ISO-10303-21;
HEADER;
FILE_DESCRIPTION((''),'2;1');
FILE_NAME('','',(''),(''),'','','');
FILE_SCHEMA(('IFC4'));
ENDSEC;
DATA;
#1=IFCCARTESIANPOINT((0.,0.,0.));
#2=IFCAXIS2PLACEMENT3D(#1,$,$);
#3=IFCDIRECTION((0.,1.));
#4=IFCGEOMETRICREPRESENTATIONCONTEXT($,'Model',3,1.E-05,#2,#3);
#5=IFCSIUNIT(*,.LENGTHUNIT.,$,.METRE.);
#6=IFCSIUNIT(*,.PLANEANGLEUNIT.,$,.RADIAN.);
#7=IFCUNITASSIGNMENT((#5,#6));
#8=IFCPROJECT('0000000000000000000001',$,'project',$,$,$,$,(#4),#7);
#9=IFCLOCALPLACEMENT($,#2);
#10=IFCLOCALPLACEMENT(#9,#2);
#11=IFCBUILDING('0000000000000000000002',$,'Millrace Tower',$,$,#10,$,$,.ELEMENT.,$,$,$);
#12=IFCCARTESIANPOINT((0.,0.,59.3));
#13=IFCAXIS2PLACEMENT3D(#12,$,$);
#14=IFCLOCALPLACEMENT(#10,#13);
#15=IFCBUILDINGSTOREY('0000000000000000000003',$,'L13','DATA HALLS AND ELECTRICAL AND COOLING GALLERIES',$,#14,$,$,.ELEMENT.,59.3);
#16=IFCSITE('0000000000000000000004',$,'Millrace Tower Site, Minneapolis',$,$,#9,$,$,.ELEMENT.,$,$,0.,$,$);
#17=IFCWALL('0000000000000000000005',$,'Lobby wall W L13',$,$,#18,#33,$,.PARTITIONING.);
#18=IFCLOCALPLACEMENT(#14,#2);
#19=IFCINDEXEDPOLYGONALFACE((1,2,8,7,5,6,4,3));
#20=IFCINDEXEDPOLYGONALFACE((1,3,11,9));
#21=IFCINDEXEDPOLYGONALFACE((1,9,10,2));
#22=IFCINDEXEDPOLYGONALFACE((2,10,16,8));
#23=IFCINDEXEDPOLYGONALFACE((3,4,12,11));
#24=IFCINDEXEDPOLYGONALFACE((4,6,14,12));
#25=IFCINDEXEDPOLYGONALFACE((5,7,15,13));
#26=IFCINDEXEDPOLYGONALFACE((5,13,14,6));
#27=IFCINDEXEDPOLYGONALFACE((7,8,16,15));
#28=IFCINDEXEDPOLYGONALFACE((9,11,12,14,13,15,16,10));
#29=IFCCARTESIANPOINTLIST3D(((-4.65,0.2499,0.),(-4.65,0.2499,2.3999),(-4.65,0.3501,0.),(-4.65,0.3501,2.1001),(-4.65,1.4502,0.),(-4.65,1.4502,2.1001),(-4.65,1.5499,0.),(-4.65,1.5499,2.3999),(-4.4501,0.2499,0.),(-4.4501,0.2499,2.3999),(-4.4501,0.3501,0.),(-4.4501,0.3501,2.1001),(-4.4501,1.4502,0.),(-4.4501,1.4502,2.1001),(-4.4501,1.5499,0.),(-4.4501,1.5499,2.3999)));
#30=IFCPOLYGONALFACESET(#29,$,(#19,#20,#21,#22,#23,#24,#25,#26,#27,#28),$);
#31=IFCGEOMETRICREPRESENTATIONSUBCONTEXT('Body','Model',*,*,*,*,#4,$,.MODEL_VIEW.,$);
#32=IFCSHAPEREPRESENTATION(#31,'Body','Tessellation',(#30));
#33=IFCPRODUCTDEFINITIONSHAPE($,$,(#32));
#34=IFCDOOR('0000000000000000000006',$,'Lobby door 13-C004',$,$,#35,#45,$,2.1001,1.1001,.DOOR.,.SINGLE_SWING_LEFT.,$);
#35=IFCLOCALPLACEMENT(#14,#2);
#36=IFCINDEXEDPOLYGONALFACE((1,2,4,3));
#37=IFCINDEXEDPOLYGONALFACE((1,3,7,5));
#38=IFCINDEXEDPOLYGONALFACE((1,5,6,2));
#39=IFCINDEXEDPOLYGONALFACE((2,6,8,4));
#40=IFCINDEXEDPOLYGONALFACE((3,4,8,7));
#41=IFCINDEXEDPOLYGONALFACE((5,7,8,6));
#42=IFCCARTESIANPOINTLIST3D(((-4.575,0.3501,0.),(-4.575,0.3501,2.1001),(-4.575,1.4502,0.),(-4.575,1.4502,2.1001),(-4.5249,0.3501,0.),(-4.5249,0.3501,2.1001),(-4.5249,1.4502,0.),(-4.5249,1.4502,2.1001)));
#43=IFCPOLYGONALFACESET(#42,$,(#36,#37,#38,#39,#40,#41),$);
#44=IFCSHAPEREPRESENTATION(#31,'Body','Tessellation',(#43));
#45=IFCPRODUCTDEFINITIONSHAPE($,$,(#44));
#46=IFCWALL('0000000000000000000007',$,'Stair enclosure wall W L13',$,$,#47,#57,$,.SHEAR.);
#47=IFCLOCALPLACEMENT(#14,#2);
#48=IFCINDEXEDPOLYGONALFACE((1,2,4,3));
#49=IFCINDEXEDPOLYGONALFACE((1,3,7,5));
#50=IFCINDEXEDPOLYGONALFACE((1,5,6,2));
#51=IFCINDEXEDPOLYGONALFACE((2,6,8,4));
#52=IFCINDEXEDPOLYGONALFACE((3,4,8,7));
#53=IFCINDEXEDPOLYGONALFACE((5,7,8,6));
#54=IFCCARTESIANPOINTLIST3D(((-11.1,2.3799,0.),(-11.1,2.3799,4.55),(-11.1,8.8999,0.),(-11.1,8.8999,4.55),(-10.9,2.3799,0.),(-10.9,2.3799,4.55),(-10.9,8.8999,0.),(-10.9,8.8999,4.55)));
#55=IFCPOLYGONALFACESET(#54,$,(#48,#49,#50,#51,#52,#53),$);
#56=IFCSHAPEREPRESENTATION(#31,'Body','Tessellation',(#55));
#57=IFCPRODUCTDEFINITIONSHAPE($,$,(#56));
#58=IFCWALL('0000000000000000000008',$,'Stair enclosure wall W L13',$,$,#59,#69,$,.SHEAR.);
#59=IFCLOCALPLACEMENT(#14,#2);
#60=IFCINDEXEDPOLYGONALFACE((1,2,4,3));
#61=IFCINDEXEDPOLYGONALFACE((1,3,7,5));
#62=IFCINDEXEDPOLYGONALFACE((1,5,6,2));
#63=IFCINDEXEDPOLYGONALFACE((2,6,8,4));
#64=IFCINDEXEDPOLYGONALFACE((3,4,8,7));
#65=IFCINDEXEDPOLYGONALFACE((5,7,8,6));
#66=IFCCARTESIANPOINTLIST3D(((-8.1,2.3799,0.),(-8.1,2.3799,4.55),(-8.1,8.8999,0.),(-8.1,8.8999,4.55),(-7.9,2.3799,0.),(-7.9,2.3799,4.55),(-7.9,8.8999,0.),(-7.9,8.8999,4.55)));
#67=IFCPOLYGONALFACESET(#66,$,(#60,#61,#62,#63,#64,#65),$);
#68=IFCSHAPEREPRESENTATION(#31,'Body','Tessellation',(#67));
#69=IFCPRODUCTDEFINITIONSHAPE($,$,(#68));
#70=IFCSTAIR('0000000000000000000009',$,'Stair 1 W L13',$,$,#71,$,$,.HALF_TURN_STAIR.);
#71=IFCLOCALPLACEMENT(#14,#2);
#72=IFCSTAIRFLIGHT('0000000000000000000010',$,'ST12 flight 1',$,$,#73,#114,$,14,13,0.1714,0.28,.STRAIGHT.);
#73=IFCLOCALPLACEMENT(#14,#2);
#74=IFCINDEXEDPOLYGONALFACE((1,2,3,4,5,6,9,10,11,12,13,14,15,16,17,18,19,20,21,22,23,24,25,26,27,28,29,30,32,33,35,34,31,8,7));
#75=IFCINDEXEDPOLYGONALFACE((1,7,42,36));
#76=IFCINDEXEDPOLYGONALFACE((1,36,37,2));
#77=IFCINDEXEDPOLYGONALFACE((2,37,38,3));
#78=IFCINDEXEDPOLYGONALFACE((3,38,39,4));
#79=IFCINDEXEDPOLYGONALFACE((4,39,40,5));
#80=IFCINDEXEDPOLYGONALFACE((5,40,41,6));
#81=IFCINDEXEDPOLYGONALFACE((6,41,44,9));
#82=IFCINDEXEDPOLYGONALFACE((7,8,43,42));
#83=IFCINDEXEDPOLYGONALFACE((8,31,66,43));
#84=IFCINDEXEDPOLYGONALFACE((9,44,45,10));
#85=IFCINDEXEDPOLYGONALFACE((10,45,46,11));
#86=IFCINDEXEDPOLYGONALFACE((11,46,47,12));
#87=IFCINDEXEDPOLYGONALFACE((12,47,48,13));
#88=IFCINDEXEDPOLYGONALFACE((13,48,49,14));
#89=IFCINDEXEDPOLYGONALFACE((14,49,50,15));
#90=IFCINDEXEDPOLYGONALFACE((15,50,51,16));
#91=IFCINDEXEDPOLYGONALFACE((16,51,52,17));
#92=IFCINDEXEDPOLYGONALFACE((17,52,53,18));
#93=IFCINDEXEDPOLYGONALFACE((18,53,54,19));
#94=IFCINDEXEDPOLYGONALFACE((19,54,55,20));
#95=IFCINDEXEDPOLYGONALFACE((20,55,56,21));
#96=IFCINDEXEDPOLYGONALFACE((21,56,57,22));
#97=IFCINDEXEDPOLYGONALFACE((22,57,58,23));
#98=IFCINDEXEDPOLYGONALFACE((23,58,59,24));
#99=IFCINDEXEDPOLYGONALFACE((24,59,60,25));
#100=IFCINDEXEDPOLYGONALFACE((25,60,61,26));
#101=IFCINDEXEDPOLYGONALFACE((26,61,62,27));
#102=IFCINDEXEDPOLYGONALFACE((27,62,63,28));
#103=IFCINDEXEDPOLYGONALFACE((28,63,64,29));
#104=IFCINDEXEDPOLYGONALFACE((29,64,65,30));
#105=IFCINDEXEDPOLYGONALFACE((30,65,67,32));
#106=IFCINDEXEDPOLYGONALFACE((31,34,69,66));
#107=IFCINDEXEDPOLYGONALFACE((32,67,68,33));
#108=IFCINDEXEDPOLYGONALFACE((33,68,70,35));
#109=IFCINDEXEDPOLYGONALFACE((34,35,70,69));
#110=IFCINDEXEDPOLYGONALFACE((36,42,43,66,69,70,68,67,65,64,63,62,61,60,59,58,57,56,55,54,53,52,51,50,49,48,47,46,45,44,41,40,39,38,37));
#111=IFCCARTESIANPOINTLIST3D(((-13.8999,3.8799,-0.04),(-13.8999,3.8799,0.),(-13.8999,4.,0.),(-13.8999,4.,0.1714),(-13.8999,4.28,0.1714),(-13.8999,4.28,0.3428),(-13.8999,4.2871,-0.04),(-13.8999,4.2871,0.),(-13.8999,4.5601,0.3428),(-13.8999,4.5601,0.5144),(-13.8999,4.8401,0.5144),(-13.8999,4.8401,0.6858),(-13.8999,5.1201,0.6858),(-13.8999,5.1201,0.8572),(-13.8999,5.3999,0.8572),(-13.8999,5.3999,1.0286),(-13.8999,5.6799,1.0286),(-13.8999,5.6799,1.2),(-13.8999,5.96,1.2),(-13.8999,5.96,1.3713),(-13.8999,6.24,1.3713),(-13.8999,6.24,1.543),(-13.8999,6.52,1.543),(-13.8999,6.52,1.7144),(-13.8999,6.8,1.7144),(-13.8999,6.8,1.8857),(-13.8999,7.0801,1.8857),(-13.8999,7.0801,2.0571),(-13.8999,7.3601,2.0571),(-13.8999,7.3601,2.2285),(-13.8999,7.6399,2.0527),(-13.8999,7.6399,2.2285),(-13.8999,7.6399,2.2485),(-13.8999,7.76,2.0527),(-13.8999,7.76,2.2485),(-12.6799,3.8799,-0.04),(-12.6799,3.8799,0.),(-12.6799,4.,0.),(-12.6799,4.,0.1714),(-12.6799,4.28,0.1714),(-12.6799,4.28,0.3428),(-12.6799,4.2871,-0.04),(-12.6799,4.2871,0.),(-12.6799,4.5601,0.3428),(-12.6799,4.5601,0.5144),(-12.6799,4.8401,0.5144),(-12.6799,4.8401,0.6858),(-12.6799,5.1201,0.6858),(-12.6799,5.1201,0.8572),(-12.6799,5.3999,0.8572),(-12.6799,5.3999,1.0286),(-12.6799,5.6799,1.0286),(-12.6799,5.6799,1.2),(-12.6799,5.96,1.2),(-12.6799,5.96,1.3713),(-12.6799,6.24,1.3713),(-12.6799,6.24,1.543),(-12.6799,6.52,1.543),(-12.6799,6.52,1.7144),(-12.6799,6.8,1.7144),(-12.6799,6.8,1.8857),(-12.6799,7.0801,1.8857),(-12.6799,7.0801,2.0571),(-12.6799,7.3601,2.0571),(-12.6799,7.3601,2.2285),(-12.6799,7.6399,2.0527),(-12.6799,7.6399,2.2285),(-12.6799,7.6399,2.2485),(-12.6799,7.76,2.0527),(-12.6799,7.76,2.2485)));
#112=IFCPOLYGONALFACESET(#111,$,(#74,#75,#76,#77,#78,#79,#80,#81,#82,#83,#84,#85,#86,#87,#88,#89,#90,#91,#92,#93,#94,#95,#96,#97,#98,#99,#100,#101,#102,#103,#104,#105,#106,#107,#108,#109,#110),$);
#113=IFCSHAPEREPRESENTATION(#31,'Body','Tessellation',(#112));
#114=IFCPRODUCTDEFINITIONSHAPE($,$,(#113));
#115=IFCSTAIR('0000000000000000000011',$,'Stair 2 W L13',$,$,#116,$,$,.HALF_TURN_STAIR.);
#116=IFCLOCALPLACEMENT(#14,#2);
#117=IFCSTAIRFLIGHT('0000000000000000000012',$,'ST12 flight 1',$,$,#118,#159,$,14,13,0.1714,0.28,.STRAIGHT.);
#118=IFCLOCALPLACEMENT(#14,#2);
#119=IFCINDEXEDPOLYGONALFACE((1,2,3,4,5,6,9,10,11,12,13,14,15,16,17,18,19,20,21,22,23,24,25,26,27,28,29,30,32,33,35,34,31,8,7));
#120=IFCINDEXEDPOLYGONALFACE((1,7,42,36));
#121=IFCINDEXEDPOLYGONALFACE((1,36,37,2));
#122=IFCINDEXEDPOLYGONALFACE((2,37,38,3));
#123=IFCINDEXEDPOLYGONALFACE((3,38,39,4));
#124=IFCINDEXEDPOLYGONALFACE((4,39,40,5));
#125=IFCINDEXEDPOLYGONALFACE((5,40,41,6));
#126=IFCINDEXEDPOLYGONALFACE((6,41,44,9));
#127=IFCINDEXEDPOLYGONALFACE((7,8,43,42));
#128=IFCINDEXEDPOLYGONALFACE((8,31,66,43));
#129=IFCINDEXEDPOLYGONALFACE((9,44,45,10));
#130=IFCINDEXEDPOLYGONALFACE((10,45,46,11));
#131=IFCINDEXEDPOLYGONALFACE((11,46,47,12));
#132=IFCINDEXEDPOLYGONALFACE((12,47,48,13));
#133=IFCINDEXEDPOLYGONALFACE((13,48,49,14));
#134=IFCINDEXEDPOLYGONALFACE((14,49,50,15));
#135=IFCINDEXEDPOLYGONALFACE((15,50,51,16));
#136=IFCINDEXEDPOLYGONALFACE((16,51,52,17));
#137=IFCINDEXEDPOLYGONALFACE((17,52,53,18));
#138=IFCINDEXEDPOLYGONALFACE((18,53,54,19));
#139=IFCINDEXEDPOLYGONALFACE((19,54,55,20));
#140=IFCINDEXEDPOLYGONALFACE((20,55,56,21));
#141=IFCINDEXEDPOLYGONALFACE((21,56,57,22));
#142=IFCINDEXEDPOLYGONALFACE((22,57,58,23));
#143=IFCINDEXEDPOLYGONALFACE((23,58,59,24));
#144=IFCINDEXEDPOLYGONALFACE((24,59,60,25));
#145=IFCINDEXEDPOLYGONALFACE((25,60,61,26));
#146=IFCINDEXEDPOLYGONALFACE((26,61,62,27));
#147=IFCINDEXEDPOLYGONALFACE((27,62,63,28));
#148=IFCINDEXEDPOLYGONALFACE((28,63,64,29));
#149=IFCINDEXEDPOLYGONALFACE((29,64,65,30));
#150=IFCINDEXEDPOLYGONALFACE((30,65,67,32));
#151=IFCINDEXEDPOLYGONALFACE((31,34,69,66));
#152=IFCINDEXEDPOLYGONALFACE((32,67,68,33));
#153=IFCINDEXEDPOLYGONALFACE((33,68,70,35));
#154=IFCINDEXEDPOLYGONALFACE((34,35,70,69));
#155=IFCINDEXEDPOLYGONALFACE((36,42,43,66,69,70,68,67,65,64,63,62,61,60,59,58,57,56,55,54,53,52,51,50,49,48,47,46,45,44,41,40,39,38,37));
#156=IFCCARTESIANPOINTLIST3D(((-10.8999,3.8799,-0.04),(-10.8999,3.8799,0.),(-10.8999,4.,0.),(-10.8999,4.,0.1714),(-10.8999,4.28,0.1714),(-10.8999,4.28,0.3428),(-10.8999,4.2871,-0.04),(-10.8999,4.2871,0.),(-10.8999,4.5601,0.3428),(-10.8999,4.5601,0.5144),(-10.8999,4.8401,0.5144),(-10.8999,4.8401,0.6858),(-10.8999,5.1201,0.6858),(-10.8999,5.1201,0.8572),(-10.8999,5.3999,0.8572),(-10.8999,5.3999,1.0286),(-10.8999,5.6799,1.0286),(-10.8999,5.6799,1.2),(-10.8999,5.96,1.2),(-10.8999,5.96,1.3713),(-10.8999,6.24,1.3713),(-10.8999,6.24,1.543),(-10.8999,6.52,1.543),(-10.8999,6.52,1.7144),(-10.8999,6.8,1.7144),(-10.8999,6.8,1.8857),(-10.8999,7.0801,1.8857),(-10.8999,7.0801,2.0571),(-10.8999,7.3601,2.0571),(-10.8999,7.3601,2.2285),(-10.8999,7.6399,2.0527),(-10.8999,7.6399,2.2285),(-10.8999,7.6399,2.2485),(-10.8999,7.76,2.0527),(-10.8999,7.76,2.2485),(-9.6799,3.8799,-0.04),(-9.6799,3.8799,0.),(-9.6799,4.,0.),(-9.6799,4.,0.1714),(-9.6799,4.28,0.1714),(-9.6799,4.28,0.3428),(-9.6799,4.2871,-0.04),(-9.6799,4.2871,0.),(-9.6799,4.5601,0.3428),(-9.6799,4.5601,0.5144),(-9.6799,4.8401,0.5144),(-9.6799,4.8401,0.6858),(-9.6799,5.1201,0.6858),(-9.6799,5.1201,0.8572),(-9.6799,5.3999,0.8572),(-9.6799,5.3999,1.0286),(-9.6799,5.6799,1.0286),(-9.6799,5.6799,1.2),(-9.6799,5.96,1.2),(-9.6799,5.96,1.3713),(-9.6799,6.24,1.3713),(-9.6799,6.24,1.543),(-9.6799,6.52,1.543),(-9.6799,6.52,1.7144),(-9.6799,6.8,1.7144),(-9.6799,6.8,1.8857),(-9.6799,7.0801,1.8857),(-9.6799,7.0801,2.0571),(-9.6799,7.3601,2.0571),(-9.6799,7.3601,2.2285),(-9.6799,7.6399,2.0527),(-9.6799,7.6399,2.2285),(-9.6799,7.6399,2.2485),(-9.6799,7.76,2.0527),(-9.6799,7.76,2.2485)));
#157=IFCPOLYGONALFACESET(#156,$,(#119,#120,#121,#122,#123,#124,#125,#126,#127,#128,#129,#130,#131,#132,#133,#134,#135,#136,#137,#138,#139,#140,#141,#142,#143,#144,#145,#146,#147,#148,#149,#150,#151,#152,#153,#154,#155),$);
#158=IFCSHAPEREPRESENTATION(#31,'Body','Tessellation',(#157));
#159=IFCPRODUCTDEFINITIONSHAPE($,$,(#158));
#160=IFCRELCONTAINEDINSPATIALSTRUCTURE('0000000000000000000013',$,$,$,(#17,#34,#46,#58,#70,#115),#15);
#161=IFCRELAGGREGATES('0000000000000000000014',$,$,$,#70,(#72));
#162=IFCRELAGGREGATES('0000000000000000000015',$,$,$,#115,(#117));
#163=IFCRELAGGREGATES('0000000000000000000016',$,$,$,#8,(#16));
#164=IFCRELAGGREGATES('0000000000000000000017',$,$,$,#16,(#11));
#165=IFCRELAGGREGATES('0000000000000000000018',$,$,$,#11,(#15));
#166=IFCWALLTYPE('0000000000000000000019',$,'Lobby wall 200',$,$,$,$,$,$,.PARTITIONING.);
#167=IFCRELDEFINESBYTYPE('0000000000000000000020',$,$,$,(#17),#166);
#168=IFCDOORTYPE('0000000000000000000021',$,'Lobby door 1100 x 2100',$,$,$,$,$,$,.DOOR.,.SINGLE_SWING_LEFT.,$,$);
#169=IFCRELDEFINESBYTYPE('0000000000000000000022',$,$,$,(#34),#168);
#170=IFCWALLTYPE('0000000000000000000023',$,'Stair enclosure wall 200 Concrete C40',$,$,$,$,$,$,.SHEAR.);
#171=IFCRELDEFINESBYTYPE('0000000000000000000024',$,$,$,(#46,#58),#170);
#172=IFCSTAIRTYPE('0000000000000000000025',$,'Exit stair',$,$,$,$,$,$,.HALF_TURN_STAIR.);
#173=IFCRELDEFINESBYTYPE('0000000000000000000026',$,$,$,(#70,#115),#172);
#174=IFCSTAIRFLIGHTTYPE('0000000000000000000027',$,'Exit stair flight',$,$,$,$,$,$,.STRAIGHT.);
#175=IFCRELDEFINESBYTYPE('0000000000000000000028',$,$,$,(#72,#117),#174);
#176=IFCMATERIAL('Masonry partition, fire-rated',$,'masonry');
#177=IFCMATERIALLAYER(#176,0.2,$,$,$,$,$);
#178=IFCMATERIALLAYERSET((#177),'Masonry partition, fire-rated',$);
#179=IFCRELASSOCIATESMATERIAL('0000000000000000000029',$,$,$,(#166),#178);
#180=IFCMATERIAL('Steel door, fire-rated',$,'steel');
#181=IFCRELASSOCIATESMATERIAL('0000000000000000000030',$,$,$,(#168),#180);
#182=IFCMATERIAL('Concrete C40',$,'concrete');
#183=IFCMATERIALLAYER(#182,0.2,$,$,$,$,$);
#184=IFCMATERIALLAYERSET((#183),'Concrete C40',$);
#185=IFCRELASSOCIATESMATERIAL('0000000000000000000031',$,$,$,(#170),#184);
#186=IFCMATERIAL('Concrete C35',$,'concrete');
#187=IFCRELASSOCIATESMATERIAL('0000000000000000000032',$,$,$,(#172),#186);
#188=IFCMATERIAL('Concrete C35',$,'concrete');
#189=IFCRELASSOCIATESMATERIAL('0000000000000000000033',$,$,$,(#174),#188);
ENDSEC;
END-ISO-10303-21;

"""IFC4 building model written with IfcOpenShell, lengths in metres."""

from ifc_helpers import new_model, si_unit, direction, frame, frame_2d, origin, place, context, subcontext, project, spatial, polyline, rectangle, outline, extrude, material, layer, layer_set, type_object, element, fill, aggregate, save


model = new_model("IFC4")

# Units and contexts
model_context = context("Model", 3, precision=1e-05, world=origin(), true_north=direction((0.0, 1.0)))
body_context = subcontext(model_context, "Body", "Model", "MODEL_VIEW")
ifc_project = project(units=[si_unit("LENGTHUNIT", "METRE"), si_unit("PLANEANGLEUNIT", "RADIAN")], contexts=[model_context])

# Site, building, storey
site_placement = place(None, origin())
site = spatial("IfcSite", under=ifc_project, at=site_placement, Name="Millrace Tower Site, Minneapolis", CompositionType="ELEMENT", RefElevation=0.0)
building_placement = place(site_placement, origin())
building = spatial("IfcBuilding", under=site, at=building_placement, Name="Millrace Tower", CompositionType="ELEMENT")
storey_placement = place(building_placement, frame((0.0, 0.0, 59.3)))
storey = spatial("IfcBuildingStorey", under=building, at=storey_placement, Name="L13", Description="DATA HALLS AND ELECTRICAL AND COOLING GALLERIES", CompositionType="ELEMENT", Elevation=59.3)

# Shared definitions
placement_1 = place(storey_placement, origin())

# Wall, opening, door
ifc_material_1 = material(Name="Masonry partition, fire-rated", Category="masonry")
ifc_layer_1 = layer(ifc_material_1, 0.2)
ifc_layer_set_1 = layer_set([ifc_layer_1], Name="Masonry partition, fire-rated")
wall_type_1 = type_object("IfcWallType", Name="Lobby wall 200", PredefinedType="PARTITIONING", material=ifc_layer_set_1)
wall_1_placement = place(storey_placement, frame((-4.55, 0.25, 0.0), z_axis=(0.0, 0.0, 1.0), x_axis=(0.0, 1.0, 0.0)))
wall_1 = element("IfcWall", 1, at=wall_1_placement, inside=storey, type_object=wall_type_1, Name="Lobby wall W L13", PredefinedType="PARTITIONING", context=body_context, shape_type="SweptSolid", body=[
    extrude(rectangle(XDim=1.3, YDim=0.2, at=frame_2d((0.6499, 0.0))), origin(), (0.0, 0.0, 1.0), 2.3999),
])
opening_placement = place(wall_1_placement, frame((0.1001, 0.0, 0.0)))
opening = element("IfcOpeningElement", 2, at=opening_placement, cuts=wall_1, PredefinedType="OPENING", context=body_context, shape_type="SweptSolid", body=[
    extrude(rectangle(XDim=1.1001, YDim=2.1001, at=frame_2d((0.55, 1.05))), frame((0.0, 0.1099, 0.0), z_axis=(0.0, -1.0, 0.0), x_axis=(1.0, 0.0, 0.0)), (0.0, 0.0, 1.0), 0.22),
])
ifc_material_2 = material(Name="Steel door, fire-rated", Category="steel")
door_type = type_object("IfcDoorType", Name="Lobby door 1100 x 2100", OperationType="SINGLE_SWING_LEFT", PredefinedType="DOOR", material=ifc_material_2)
door_placement = place(opening_placement, origin())
door = element("IfcDoor", 3, at=door_placement, inside=storey, type_object=door_type, Name="Lobby door 13-C004", OperationType="SINGLE_SWING_LEFT", OverallHeight=2.1001, OverallWidth=1.1001, PredefinedType="DOOR", context=body_context, shape_type="SweptSolid", body=[
    extrude(rectangle(XDim=1.1001, YDim=2.1001, at=frame_2d((0.55, 1.05))), frame((0.0, 0.0249, 0.0), z_axis=(0.0, -1.0, 0.0), x_axis=(1.0, 0.0, 0.0)), (0.0, 0.0, 1.0), 0.05),
])
fill(opening, door)

# Walls
ifc_material_3 = material(Name="Concrete C40", Category="concrete")
ifc_layer_2 = layer(ifc_material_3, 0.2)
ifc_layer_set_2 = layer_set([ifc_layer_2], Name="Concrete C40")
wall_type_2 = type_object("IfcWallType", Name="Stair enclosure wall 200 Concrete C40", PredefinedType="SHEAR", material=ifc_layer_set_2)
for number, where, z_axis, x_axis, name in (
    (4, (-11.0, 2.3799, 0.0), (0.0, 0.0, 1.0), (0.0, 1.0, 0.0), "Stair enclosure wall W L13"),
    (5, (-8.0, 2.3799, 0.0), (0.0, 0.0, 1.0), (0.0, 1.0, 0.0), "Stair enclosure wall W L13"),
):
    element("IfcWall", number, at=place(storey_placement, frame(where, z_axis=z_axis, x_axis=x_axis)), inside=storey, type_object=wall_type_2, Name=name, PredefinedType="SHEAR", context=body_context, shape_type="SweptSolid", body=[
        extrude(rectangle(XDim=6.52, YDim=0.2, at=frame_2d((3.26, 0.0))), origin(), (0.0, 0.0, 1.0), 4.55),
    ])

# Stairs, stair flights
ifc_material_4 = material(Name="Concrete C35", Category="concrete")
stair_type = type_object("IfcStairType", Name="Exit stair", PredefinedType="HALF_TURN_STAIR", material=ifc_material_4)
stair_1 = element("IfcStair", 6, at=placement_1, inside=storey, type_object=stair_type, Name="Stair 1 W L13", PredefinedType="HALF_TURN_STAIR")
ifc_material_5 = material(Name="Concrete C35", Category="concrete")
stair_flight_type = type_object("IfcStairFlightType", Name="Exit stair flight", PredefinedType="STRAIGHT", material=ifc_material_5)
stair_flight_1_placement = place(storey_placement, frame((-13.29, 4.0, 0.0), z_axis=(0.0, 0.0, 1.0), x_axis=(0.0, 1.0, 0.0)))
stair_flight_1 = element("IfcStairFlight", 7, at=stair_flight_1_placement, type_object=stair_flight_type, Name="ST12 flight 1", NumberOfRisers=14, NumberOfTreads=13, PredefinedType="STRAIGHT", RiserHeight=0.1714, TreadLength=0.28, context=body_context, shape_type="SweptSolid", body=[
    extrude(outline(polyline([(-0.1201, -0.04), (-0.1201, 0.0), (0.0, 0.0), (0.0, 0.1714), (0.28, 0.1714), (0.28, 0.3428), (0.5601, 0.3428), (0.5601, 0.5144), (0.8401, 0.5144), (0.8401, 0.6858), (1.1201, 0.6858), (1.1201, 0.8572), (1.3999, 0.8572), (1.3999, 1.0286), (1.6799, 1.0286), (1.6799, 1.2), (1.96, 1.2), (1.96, 1.3713), (2.24, 1.3713), (2.24, 1.543), (2.52, 1.543), (2.52, 1.7144), (2.8, 1.7144), (2.8, 1.8857), (3.0801, 1.8857), (3.0801, 2.0571), (3.3601, 2.0571), (3.3601, 2.2285), (3.6399, 2.2285), (3.6399, 2.2485), (3.76, 2.2485), (3.76, 2.0527), (3.6399, 2.0527), (0.2871, 0.0), (0.2871, -0.04), (-0.1201, -0.04)])), frame((0.0, 0.6099, 0.0), z_axis=(0.0, -1.0, 0.0), x_axis=(1.0, 0.0, 0.0)), (0.0, 0.0, 1.0), 1.22),
])
aggregate(stair_1, [stair_flight_1])
stair_2 = element("IfcStair", 8, at=placement_1, inside=storey, type_object=stair_type, Name="Stair 2 W L13", PredefinedType="HALF_TURN_STAIR")
stair_flight_2_placement = place(storey_placement, frame((-10.29, 4.0, 0.0), z_axis=(0.0, 0.0, 1.0), x_axis=(0.0, 1.0, 0.0)))
stair_flight_2 = element("IfcStairFlight", 9, at=stair_flight_2_placement, type_object=stair_flight_type, Name="ST12 flight 1", NumberOfRisers=14, NumberOfTreads=13, PredefinedType="STRAIGHT", RiserHeight=0.1714, TreadLength=0.28, context=body_context, shape_type="SweptSolid", body=[
    extrude(outline(polyline([(-0.1201, -0.04), (-0.1201, 0.0), (0.0, 0.0), (0.0, 0.1714), (0.28, 0.1714), (0.28, 0.3428), (0.5601, 0.3428), (0.5601, 0.5144), (0.8401, 0.5144), (0.8401, 0.6858), (1.1201, 0.6858), (1.1201, 0.8572), (1.3999, 0.8572), (1.3999, 1.0286), (1.6799, 1.0286), (1.6799, 1.2), (1.96, 1.2), (1.96, 1.3713), (2.24, 1.3713), (2.24, 1.543), (2.52, 1.543), (2.52, 1.7144), (2.8, 1.7144), (2.8, 1.8857), (3.0801, 1.8857), (3.0801, 2.0571), (3.3601, 2.0571), (3.3601, 2.2285), (3.6399, 2.2285), (3.6399, 2.2485), (3.76, 2.2485), (3.76, 2.0527), (3.6399, 2.0527), (0.2871, 0.0), (0.2871, -0.04), (-0.1201, -0.04)])), frame((0.0, 0.6099, 0.0), z_axis=(0.0, -1.0, 0.0), x_axis=(1.0, 0.0, 0.0)), (0.0, 0.0, 1.0), 1.22),
])
aggregate(stair_2, [stair_flight_2])

save(model, "model.ifc")
